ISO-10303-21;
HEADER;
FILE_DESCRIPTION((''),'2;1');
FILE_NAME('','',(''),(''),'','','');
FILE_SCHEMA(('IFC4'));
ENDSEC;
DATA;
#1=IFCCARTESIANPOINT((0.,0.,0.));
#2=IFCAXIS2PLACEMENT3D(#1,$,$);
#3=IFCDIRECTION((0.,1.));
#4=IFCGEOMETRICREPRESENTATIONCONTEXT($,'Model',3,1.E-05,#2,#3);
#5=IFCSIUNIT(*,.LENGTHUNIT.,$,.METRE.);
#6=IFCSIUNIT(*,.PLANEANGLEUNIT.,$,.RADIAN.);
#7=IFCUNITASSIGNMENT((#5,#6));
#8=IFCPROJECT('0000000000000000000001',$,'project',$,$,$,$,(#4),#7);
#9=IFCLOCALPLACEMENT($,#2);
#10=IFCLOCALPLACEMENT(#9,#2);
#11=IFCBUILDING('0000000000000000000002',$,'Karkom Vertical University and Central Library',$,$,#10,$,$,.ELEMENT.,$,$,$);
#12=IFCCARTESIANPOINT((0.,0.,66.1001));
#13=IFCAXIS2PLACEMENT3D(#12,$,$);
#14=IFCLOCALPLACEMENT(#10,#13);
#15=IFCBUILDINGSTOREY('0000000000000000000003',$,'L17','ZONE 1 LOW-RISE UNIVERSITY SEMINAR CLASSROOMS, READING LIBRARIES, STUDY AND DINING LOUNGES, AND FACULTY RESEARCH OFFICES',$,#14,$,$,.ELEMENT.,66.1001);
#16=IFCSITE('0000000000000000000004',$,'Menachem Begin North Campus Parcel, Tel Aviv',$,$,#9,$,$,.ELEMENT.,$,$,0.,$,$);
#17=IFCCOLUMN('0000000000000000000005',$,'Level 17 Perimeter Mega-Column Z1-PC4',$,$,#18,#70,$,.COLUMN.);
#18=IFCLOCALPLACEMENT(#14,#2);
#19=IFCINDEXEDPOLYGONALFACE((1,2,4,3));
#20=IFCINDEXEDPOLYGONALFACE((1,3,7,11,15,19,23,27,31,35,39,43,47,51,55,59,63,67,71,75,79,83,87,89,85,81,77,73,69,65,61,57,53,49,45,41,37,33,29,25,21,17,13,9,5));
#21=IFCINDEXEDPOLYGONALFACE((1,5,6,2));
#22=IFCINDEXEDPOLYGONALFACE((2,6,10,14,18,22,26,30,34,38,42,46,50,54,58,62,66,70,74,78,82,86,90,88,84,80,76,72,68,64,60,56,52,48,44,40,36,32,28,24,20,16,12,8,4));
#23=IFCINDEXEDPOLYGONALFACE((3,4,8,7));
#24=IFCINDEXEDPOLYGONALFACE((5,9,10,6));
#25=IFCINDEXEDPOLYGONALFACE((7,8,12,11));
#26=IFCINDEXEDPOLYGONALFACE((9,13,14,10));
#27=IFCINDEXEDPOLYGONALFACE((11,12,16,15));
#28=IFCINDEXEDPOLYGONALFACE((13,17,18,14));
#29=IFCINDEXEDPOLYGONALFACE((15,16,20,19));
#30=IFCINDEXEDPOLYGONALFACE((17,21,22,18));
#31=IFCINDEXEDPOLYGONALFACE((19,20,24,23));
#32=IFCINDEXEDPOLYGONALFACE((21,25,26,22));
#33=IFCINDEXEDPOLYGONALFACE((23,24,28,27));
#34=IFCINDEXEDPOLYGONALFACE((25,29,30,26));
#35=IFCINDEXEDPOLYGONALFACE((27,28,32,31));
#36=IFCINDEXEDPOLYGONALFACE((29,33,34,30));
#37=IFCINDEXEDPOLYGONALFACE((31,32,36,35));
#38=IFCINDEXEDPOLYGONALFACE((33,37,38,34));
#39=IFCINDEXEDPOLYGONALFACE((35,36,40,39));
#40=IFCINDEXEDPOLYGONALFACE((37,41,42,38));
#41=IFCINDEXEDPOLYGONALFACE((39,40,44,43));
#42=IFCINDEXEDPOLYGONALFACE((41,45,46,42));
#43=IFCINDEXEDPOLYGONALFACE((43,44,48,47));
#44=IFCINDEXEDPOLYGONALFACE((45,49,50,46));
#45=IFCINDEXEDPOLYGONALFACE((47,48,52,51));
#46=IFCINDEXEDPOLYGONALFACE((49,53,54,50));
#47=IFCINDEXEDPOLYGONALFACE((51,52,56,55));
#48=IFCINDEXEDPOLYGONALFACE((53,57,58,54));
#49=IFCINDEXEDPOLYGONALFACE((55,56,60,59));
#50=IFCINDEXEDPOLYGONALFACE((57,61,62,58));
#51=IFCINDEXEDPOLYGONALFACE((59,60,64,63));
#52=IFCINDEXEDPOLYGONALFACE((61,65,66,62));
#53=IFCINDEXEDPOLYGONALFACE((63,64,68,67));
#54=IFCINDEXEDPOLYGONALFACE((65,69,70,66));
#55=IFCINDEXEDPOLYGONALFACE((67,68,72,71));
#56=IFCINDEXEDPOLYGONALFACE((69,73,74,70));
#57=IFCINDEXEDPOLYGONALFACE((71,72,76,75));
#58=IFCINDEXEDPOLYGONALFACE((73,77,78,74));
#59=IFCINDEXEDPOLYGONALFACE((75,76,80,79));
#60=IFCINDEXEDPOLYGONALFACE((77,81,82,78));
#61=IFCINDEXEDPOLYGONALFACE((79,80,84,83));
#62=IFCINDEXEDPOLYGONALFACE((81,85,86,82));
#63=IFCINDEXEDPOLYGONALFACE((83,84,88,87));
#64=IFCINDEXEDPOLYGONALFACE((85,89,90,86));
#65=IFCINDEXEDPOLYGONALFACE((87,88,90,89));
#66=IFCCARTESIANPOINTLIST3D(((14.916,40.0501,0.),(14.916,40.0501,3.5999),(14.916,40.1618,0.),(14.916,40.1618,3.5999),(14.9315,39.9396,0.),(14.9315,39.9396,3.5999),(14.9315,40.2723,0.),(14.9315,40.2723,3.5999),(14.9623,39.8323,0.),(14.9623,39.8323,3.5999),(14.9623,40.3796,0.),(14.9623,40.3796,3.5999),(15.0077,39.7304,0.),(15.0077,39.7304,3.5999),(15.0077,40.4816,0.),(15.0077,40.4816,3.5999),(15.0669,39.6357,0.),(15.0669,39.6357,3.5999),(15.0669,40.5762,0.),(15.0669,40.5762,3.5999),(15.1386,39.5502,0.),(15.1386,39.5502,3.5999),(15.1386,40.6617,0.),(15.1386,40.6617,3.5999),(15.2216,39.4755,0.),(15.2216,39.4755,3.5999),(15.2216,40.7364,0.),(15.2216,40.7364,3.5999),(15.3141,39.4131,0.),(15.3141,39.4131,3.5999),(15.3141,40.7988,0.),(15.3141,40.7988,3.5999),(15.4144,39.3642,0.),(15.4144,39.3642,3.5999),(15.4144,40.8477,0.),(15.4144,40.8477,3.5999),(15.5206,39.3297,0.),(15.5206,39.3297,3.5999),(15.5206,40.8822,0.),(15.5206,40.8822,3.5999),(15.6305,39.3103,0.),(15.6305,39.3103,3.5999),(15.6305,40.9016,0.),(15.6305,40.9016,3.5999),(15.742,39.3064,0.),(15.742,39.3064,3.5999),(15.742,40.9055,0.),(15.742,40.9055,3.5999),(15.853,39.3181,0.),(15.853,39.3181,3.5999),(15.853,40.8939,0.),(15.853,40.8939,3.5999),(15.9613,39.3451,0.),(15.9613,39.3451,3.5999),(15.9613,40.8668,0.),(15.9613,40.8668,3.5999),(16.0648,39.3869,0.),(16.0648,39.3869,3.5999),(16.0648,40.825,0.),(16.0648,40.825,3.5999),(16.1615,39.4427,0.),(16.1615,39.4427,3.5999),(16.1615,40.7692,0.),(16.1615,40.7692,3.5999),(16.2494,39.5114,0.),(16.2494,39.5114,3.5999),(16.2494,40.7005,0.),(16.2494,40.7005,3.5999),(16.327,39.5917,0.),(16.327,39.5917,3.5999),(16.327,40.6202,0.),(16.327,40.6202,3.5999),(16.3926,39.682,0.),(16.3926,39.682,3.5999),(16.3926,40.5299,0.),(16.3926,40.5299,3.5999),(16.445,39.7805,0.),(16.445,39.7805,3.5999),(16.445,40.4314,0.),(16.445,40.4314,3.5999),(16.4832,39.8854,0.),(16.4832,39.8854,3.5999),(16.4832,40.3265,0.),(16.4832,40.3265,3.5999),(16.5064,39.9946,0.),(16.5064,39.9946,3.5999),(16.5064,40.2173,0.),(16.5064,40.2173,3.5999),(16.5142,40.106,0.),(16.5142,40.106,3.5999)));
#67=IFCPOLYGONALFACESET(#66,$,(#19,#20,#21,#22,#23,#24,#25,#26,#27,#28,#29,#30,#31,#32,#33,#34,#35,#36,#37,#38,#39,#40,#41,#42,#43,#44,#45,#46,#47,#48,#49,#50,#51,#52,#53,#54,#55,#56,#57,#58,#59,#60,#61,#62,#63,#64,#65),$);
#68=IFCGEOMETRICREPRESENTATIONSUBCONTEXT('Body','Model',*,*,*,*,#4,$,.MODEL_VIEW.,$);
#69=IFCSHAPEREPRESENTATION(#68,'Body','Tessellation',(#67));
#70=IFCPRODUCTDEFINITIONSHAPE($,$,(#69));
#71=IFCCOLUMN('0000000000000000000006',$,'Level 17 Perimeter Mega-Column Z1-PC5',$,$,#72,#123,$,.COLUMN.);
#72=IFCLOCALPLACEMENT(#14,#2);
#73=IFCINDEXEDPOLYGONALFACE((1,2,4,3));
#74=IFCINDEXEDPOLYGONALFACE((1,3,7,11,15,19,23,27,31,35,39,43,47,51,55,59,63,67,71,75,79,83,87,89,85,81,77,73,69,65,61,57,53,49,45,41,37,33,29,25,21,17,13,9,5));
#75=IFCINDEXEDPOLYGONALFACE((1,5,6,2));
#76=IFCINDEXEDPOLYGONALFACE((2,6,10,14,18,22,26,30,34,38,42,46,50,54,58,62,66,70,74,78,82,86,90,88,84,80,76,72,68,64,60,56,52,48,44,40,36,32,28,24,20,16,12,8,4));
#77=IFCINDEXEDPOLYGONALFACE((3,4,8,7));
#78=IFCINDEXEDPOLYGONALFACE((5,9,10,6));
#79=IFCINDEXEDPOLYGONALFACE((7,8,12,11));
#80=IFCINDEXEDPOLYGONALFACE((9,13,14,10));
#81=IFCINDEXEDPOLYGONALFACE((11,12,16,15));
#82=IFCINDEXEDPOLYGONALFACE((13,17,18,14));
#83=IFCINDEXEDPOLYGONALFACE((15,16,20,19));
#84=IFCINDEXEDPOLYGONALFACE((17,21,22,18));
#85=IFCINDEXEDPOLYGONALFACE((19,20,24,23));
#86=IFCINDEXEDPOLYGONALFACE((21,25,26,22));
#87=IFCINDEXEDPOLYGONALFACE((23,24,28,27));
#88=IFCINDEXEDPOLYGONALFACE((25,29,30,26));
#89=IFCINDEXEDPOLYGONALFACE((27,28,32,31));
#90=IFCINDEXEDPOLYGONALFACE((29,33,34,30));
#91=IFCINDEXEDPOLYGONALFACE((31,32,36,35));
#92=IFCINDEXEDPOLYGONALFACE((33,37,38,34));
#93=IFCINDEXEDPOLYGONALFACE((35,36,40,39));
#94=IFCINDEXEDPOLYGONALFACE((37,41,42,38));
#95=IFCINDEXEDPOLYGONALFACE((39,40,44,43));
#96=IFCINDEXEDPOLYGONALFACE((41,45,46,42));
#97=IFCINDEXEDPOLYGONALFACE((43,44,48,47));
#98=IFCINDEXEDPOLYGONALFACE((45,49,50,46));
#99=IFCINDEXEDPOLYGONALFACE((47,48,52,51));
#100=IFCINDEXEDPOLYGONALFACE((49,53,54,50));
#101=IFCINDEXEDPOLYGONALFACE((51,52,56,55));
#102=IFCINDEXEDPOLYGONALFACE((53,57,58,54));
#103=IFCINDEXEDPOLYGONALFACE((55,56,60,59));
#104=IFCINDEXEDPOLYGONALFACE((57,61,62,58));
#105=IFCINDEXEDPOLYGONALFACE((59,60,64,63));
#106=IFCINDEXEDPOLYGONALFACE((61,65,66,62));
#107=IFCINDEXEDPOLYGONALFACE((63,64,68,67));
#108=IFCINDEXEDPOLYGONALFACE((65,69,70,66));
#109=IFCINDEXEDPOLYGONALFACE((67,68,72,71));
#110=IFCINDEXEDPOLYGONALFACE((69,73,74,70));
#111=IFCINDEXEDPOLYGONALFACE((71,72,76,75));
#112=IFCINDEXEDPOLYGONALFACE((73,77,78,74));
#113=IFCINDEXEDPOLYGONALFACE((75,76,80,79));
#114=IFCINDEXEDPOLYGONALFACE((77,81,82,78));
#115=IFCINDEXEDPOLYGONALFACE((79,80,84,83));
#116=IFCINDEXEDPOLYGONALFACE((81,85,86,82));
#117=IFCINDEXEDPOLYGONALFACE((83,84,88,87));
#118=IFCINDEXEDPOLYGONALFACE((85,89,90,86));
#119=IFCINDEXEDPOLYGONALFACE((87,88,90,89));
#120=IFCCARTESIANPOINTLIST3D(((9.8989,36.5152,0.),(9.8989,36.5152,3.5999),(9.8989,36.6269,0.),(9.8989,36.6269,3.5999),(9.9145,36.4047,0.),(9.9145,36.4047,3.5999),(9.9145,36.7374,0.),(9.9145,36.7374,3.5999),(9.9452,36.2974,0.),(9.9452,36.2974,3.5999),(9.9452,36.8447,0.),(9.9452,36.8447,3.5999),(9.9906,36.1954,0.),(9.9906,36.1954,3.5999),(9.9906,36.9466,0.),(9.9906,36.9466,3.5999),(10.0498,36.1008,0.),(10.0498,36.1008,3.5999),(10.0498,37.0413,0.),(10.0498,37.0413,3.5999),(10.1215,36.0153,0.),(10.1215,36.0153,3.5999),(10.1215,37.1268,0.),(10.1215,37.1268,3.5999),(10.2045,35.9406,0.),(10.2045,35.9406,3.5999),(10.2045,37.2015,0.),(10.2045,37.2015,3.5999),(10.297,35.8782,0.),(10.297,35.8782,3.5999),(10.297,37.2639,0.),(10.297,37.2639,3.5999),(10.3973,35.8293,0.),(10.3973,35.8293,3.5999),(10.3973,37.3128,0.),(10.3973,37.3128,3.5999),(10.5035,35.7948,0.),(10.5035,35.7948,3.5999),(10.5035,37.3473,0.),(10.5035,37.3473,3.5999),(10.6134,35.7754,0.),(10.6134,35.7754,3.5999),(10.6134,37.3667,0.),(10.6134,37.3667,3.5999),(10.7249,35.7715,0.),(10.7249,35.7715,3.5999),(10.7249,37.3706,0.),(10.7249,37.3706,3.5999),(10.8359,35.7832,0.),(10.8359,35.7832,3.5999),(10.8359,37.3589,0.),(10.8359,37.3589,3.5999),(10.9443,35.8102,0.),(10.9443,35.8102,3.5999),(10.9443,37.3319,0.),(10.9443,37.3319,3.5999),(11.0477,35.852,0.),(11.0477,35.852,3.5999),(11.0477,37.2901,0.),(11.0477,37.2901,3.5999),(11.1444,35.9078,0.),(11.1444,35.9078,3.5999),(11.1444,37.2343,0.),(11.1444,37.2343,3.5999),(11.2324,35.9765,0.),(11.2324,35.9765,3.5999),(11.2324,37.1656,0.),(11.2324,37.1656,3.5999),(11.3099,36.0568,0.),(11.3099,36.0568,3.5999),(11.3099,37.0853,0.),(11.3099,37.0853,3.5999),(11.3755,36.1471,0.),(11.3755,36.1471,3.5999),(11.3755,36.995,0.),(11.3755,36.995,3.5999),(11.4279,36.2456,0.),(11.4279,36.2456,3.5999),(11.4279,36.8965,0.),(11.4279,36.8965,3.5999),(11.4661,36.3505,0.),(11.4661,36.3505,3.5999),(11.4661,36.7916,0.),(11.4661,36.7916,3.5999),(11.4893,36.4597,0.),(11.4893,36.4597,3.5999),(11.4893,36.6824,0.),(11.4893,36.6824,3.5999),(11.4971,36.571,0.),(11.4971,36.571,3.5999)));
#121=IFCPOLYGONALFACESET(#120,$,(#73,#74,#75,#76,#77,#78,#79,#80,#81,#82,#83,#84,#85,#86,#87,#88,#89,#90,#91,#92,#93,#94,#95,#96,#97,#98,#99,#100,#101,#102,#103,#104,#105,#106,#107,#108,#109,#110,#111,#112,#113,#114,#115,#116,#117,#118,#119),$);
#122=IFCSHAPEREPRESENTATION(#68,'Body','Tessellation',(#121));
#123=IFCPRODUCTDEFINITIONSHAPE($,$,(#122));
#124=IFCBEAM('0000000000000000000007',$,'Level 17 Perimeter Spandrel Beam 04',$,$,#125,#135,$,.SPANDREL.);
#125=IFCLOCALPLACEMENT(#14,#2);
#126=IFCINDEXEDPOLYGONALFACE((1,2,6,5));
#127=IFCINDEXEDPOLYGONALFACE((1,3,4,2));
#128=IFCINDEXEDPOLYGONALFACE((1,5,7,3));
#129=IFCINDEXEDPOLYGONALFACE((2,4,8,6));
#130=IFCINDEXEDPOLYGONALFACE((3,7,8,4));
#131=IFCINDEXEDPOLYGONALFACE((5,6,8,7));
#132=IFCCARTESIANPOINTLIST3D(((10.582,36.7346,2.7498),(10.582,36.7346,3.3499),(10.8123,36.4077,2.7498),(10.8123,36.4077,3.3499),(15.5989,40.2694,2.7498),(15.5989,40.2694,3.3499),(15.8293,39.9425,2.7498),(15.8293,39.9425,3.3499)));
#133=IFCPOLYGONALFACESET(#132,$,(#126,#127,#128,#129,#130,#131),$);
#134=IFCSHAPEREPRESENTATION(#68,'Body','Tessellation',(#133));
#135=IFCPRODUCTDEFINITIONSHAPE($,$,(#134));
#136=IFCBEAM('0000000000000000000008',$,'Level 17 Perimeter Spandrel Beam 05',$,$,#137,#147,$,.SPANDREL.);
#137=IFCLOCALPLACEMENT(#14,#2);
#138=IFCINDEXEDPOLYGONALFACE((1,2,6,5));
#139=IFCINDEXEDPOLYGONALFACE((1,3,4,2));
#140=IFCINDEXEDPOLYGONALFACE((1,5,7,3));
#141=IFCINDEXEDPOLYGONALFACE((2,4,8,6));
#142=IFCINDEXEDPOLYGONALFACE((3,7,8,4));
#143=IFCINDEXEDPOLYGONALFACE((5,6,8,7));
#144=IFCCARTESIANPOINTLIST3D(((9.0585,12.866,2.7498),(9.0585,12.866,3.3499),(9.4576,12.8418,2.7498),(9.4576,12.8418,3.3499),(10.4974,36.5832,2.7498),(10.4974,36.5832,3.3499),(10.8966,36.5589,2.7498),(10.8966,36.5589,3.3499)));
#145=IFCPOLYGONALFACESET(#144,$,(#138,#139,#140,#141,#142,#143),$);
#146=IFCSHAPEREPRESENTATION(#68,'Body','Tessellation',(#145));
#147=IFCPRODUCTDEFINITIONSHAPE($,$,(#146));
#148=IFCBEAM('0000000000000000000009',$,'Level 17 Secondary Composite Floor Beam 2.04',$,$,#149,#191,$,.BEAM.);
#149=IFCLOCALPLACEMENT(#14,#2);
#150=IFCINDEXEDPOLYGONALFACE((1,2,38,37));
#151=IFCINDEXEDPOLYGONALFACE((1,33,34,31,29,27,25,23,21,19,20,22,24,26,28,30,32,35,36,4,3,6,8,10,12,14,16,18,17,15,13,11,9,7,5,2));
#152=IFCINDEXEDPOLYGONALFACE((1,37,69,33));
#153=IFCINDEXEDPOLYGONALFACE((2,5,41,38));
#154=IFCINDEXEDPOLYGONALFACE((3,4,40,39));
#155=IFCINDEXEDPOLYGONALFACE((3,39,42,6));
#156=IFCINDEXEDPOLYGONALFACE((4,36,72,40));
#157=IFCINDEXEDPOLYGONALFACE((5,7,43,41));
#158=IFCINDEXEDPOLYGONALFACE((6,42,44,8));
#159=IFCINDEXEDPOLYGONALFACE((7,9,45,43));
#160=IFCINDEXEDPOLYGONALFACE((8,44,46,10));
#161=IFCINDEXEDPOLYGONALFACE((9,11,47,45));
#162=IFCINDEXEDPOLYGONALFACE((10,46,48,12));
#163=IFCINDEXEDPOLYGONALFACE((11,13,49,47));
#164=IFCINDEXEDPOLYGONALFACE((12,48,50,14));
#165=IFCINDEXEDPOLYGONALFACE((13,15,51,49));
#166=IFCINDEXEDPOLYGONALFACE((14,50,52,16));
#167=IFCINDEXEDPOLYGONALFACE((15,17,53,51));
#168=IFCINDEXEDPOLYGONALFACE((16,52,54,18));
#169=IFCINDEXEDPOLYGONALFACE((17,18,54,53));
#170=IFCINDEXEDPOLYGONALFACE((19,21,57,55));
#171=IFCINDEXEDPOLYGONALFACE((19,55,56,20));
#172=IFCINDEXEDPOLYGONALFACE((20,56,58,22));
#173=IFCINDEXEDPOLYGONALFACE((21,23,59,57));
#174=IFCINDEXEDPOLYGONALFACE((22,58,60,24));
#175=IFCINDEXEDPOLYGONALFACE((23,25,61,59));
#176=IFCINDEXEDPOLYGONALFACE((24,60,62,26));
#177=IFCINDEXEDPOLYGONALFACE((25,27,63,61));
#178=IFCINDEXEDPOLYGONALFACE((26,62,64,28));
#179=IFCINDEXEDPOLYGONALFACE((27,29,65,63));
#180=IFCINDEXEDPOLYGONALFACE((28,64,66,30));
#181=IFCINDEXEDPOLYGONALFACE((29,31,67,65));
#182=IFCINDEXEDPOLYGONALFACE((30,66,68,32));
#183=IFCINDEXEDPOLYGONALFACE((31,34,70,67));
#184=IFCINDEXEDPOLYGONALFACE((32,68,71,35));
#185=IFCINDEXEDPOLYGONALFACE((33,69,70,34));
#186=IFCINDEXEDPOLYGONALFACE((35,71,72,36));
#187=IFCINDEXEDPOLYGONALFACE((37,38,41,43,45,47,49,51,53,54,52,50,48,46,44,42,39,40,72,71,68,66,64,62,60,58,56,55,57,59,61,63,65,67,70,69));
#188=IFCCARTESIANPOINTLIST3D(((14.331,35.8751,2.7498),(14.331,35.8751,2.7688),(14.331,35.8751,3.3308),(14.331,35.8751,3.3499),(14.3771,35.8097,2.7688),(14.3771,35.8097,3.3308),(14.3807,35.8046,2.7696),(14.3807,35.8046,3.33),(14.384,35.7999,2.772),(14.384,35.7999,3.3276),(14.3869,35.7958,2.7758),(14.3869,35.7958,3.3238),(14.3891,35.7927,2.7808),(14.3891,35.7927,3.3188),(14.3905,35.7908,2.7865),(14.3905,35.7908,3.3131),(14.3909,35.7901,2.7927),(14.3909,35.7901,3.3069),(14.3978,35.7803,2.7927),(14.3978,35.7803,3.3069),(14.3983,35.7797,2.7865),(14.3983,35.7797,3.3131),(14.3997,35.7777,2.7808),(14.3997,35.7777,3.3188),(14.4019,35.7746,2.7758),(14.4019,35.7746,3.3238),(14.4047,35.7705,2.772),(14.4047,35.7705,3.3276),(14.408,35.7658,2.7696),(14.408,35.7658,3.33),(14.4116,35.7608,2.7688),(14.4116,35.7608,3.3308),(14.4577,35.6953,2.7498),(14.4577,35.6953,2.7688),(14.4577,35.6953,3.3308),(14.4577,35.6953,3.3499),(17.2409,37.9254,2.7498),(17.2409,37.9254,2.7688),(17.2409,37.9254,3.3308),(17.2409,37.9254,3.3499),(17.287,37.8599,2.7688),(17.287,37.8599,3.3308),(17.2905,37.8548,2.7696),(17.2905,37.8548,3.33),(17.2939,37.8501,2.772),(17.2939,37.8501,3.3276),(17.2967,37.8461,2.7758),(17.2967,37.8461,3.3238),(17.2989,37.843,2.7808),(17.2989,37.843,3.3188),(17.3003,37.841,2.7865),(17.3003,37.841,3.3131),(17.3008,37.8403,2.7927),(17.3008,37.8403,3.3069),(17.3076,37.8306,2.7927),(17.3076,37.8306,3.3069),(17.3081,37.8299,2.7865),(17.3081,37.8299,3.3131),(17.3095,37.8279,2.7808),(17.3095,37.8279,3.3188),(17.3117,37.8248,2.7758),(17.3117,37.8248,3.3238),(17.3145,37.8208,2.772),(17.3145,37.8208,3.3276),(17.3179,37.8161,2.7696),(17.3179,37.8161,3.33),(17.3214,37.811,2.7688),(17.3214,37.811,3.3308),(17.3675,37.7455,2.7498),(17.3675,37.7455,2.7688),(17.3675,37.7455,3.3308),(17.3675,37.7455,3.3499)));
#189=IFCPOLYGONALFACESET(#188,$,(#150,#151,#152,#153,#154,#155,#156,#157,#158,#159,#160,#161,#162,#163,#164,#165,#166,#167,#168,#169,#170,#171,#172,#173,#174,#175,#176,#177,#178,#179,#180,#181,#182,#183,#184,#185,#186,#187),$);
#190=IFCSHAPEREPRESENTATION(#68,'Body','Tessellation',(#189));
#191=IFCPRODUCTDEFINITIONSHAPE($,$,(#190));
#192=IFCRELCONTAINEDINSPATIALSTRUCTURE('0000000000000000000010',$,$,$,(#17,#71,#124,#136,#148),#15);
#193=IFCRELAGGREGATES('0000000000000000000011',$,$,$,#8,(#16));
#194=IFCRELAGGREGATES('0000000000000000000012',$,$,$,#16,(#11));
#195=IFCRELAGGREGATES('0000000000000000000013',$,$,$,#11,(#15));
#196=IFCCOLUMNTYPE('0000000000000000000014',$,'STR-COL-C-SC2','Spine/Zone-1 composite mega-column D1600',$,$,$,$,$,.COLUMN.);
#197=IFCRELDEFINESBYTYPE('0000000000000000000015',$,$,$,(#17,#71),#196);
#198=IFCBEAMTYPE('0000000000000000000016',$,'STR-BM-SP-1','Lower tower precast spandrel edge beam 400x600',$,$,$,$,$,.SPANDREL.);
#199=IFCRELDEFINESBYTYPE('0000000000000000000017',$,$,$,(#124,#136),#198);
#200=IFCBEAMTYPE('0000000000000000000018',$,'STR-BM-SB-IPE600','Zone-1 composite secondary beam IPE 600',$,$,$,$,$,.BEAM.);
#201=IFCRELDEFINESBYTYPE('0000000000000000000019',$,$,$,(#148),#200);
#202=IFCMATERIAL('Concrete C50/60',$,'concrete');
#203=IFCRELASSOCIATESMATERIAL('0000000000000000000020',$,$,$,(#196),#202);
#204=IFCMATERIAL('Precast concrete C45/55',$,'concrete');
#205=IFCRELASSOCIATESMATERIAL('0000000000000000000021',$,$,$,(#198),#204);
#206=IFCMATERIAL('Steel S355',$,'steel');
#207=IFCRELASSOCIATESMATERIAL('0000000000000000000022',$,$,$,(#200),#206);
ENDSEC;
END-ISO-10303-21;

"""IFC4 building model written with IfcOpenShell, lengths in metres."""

from ifc_helpers import new_model, si_unit, direction, frame, origin, origin_with_axes, origin_2d, place, context, subcontext, project, spatial, rectangle, circle, i_section, extrude, source, transform, mapped, material, material_profile, profile_set, type_object, element, save


model = new_model("IFC4")

# Units and contexts
model_context = context("Model", 3, precision=1e-05, world=origin(), true_north=direction((0.0, 1.0)))
body_context = subcontext(model_context, "Body", "Model", "MODEL_VIEW")
ifc_project = project(units=[si_unit("LENGTHUNIT", "METRE"), si_unit("PLANEANGLEUNIT", "RADIAN")], contexts=[model_context])

# Site, building, storey
site_placement = place(None, origin())
site = spatial("IfcSite", under=ifc_project, at=site_placement, Name="Menachem Begin North Campus Parcel, Tel Aviv", CompositionType="ELEMENT", RefElevation=0.0)
building_placement = place(site_placement, origin())
building = spatial("IfcBuilding", under=site, at=building_placement, Name="Karkom Vertical University and Central Library", CompositionType="ELEMENT")
storey_placement = place(building_placement, frame((0.0, 0.0, 66.1001)))
storey = spatial("IfcBuildingStorey", under=building, at=storey_placement, Name="L17", Description="ZONE 1 LOW-RISE UNIVERSITY SEMINAR CLASSROOMS, READING LIBRARIES, STUDY AND DINING LOUNGES, AND FACULTY RESEARCH OFFICES", CompositionType="ELEMENT", Elevation=66.1001)

# Columns
ifc_material_1 = material(Name="Concrete C50/60", Category="concrete")
ifc_material_profile_1 = material_profile(ifc_material_1, circle(Radius=0.8, at=origin_2d()), Name="CFT-D1600")
ifc_profile_set_1 = profile_set([ifc_material_profile_1], Name="Concrete C50/60")
column_type = type_object("IfcColumnType", Name="STR-COL-C-SC2", Description="Spine/Zone-1 composite mega-column D1600", PredefinedType="COLUMN", material=ifc_profile_set_1)
shared_shape_1 = source(origin_with_axes(), body_context, "Body", "SweptSolid", [
    extrude(circle(Radius=0.8, at=origin_2d()), origin(), (0.0, 0.0, 1.0), 3.5999),
])
for number, where, z_axis, x_axis, name in (
    (1, (15.7141, 40.106, 0.0), (0.0, 0.0, 1.0), (1.0, 0.0, 0.0), "Level 17 Perimeter Mega-Column Z1-PC4"),
    (2, (10.697, 36.571, 0.0), (0.0, 0.0, 1.0), (1.0, 0.0, 0.0), "Level 17 Perimeter Mega-Column Z1-PC5"),
):
    element("IfcColumn", number, at=place(storey_placement, frame(where, z_axis=z_axis, x_axis=x_axis)), inside=storey, type_object=column_type, Name=name, PredefinedType="COLUMN", context=body_context, shape_type="MappedRepresentation", body=[
        mapped(shared_shape_1, transform((0.0, 0.0, 0.0), scale=1.0)),
    ])

# Beams
ifc_material_2 = material(Name="Precast concrete C45/55", Category="concrete")
ifc_material_profile_2 = material_profile(ifc_material_2, rectangle(XDim=0.3999, YDim=0.6001, at=origin_2d()), Name="SPB-400x600")
ifc_profile_set_2 = profile_set([ifc_material_profile_2], Name="Precast concrete C45/55")
beam_type_1 = type_object("IfcBeamType", Name="STR-BM-SP-1", Description="Lower tower precast spandrel edge beam 400x600", PredefinedType="SPANDREL", material=ifc_profile_set_2)
shared_shape_2 = source(origin_with_axes(), body_context, "Body", "SweptSolid", [
    extrude(rectangle(XDim=0.3999, YDim=0.6001, at=origin_2d()), origin(), (0.0, 0.0, 1.0), 6.1372),
])
beam_1_placement = place(storey_placement, frame((15.7141, 40.106, 3.0498), z_axis=(-0.817471, -0.575969, 0.0), x_axis=(0.575969, -0.817471, 0.0)))
element("IfcBeam", 3, at=beam_1_placement, inside=storey, type_object=beam_type_1, Name="Level 17 Perimeter Spandrel Beam 04", PredefinedType="SPANDREL", context=body_context, shape_type="MappedRepresentation", body=[
    mapped(shared_shape_2, transform((0.0, 0.0, 0.0), scale=1.0)),
])
shared_shape_3 = source(origin_with_axes(), body_context, "Body", "SweptSolid", [
    extrude(rectangle(XDim=0.3999, YDim=0.6001, at=origin_2d()), origin(), (0.0, 0.0, 1.0), 23.7607),
])
beam_2_placement = place(storey_placement, frame((10.697, 36.571, 3.0498), z_axis=(-0.060561, -0.998165, 0.0), x_axis=(0.998165, -0.060561, 0.0)))
element("IfcBeam", 4, at=beam_2_placement, inside=storey, type_object=beam_type_1, Name="Level 17 Perimeter Spandrel Beam 05", PredefinedType="SPANDREL", context=body_context, shape_type="MappedRepresentation", body=[
    mapped(shared_shape_3, transform((0.0, 0.0, 0.0), scale=1.0)),
])
ifc_material_3 = material(Name="Steel S355", Category="steel")
ifc_material_profile_3 = material_profile(ifc_material_3, i_section(OverallWidth=0.22, OverallDepth=0.6001, WebThickness=0.012, FlangeThickness=0.019, FilletRadius=0.0239, at=origin_2d()), Name="IPE 600")
ifc_profile_set_3 = profile_set([ifc_material_profile_3], Name="Steel S355")
beam_type_2 = type_object("IfcBeamType", Name="STR-BM-SB-IPE600", Description="Zone-1 composite secondary beam IPE 600", PredefinedType="BEAM", material=ifc_profile_set_3)
shared_shape_4 = source(origin_with_axes(), body_context, "Body", "SweptSolid", [
    extrude(i_section(OverallWidth=0.22, OverallDepth=0.6001, WebThickness=0.012, FlangeThickness=0.019, FilletRadius=0.0239, at=origin_2d()), origin(), (0.0, 0.0, 1.0), 3.5596),
])
beam_3_placement = place(storey_placement, frame((17.3042, 37.8354, 3.0498), z_axis=(-0.817466, -0.575977, 0.0), x_axis=(0.575977, -0.817466, 0.0)))
element("IfcBeam", 5, at=beam_3_placement, inside=storey, type_object=beam_type_2, Name="Level 17 Secondary Composite Floor Beam 2.04", PredefinedType="BEAM", context=body_context, shape_type="MappedRepresentation", body=[
    mapped(shared_shape_4, transform((0.0, 0.0, 0.0), scale=1.0)),
])

save(model, "model.ifc")
